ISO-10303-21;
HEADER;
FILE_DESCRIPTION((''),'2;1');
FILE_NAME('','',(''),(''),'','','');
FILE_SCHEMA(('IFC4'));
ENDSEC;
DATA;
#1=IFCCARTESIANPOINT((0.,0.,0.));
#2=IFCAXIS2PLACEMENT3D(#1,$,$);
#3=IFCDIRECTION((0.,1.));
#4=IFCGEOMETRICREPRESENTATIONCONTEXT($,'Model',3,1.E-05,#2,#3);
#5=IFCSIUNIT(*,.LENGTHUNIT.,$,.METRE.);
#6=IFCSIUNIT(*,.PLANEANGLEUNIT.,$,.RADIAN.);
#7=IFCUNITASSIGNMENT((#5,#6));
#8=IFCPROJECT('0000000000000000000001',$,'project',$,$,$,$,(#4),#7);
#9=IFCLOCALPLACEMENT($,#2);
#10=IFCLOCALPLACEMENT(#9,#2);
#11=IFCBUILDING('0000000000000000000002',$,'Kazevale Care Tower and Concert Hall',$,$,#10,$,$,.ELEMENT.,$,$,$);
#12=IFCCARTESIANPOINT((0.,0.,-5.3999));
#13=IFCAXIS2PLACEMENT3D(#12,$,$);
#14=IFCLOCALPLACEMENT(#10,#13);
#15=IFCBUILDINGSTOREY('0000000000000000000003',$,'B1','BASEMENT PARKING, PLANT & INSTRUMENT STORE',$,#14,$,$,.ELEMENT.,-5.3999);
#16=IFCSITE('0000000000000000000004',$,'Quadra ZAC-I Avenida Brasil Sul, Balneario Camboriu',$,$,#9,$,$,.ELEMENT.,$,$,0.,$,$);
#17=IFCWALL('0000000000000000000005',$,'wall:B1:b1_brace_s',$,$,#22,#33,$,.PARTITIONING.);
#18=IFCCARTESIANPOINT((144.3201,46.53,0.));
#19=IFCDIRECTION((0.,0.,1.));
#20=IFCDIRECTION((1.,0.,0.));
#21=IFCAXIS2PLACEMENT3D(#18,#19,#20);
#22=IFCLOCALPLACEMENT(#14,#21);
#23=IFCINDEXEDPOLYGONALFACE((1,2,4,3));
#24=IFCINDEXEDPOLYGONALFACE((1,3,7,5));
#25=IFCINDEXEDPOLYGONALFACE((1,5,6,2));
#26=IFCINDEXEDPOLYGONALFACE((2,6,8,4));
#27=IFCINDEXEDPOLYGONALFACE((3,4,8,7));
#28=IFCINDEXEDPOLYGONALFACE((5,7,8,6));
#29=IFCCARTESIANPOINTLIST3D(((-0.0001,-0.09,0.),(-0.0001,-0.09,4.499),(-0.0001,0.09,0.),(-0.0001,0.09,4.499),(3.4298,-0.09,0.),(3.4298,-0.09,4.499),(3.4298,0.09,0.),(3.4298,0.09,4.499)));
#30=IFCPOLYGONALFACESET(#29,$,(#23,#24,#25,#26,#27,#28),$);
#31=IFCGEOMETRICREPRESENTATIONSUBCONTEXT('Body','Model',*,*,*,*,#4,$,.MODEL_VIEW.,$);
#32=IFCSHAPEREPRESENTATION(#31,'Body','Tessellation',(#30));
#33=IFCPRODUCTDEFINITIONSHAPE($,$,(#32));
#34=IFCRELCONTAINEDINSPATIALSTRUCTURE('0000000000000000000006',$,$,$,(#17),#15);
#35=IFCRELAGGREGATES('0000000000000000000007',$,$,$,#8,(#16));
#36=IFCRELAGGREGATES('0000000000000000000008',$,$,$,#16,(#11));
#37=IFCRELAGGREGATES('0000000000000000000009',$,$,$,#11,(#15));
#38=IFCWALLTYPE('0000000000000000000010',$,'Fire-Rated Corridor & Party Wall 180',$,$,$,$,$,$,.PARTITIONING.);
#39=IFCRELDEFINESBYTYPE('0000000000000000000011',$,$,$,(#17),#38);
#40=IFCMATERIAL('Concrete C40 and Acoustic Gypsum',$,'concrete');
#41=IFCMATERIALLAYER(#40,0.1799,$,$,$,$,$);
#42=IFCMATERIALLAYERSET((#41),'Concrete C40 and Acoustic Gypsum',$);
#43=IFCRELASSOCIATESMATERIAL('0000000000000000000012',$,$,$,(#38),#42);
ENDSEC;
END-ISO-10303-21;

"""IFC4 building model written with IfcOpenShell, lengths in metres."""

from ifc_helpers import new_model, si_unit, direction, frame, frame_2d, origin, place, context, subcontext, project, spatial, rectangle, extrude, material, layer, layer_set, type_object, element, save


model = new_model("IFC4")

# Units and contexts
model_context = context("Model", 3, precision=1e-05, world=origin(), true_north=direction((0.0, 1.0)))
body_context = subcontext(model_context, "Body", "Model", "MODEL_VIEW")
ifc_project = project(units=[si_unit("LENGTHUNIT", "METRE"), si_unit("PLANEANGLEUNIT", "RADIAN")], contexts=[model_context])

# Site, building, storey
site_placement = place(None, origin())
site = spatial("IfcSite", under=ifc_project, at=site_placement, Name="Quadra ZAC-I Avenida Brasil Sul, Balneario Camboriu", CompositionType="ELEMENT", RefElevation=0.0)
building_placement = place(site_placement, origin())
building = spatial("IfcBuilding", under=site, at=building_placement, Name="Kazevale Care Tower and Concert Hall", CompositionType="ELEMENT")
storey_placement = place(building_placement, frame((0.0, 0.0, -5.3999)))
storey = spatial("IfcBuildingStorey", under=building, at=storey_placement, Name="B1", Description="BASEMENT PARKING, PLANT & INSTRUMENT STORE", CompositionType="ELEMENT", Elevation=-5.3999)

# Wall
ifc_material_1 = material(Name="Concrete C40 and Acoustic Gypsum", Category="concrete")
ifc_layer_1 = layer(ifc_material_1, 0.1799)
ifc_layer_set_1 = layer_set([ifc_layer_1], Name="Concrete C40 and Acoustic Gypsum")
wall_type = type_object("IfcWallType", Name="Fire-Rated Corridor & Party Wall 180", PredefinedType="PARTITIONING", material=ifc_layer_set_1)
wall_1_placement = place(storey_placement, frame((144.3201, 46.53, 0.0), z_axis=(0.0, 0.0, 1.0), x_axis=(1.0, 0.0, 0.0)))
element("IfcWall", 1, at=wall_1_placement, inside=storey, type_object=wall_type, Name="wall:B1:b1_brace_s", PredefinedType="PARTITIONING", context=body_context, shape_type="SweptSolid", body=[
    extrude(rectangle(XDim=3.4299, YDim=0.1799, at=frame_2d((1.7148, 0.0))), origin(), (0.0, 0.0, 1.0), 4.499),
])

save(model, "model.ifc")
